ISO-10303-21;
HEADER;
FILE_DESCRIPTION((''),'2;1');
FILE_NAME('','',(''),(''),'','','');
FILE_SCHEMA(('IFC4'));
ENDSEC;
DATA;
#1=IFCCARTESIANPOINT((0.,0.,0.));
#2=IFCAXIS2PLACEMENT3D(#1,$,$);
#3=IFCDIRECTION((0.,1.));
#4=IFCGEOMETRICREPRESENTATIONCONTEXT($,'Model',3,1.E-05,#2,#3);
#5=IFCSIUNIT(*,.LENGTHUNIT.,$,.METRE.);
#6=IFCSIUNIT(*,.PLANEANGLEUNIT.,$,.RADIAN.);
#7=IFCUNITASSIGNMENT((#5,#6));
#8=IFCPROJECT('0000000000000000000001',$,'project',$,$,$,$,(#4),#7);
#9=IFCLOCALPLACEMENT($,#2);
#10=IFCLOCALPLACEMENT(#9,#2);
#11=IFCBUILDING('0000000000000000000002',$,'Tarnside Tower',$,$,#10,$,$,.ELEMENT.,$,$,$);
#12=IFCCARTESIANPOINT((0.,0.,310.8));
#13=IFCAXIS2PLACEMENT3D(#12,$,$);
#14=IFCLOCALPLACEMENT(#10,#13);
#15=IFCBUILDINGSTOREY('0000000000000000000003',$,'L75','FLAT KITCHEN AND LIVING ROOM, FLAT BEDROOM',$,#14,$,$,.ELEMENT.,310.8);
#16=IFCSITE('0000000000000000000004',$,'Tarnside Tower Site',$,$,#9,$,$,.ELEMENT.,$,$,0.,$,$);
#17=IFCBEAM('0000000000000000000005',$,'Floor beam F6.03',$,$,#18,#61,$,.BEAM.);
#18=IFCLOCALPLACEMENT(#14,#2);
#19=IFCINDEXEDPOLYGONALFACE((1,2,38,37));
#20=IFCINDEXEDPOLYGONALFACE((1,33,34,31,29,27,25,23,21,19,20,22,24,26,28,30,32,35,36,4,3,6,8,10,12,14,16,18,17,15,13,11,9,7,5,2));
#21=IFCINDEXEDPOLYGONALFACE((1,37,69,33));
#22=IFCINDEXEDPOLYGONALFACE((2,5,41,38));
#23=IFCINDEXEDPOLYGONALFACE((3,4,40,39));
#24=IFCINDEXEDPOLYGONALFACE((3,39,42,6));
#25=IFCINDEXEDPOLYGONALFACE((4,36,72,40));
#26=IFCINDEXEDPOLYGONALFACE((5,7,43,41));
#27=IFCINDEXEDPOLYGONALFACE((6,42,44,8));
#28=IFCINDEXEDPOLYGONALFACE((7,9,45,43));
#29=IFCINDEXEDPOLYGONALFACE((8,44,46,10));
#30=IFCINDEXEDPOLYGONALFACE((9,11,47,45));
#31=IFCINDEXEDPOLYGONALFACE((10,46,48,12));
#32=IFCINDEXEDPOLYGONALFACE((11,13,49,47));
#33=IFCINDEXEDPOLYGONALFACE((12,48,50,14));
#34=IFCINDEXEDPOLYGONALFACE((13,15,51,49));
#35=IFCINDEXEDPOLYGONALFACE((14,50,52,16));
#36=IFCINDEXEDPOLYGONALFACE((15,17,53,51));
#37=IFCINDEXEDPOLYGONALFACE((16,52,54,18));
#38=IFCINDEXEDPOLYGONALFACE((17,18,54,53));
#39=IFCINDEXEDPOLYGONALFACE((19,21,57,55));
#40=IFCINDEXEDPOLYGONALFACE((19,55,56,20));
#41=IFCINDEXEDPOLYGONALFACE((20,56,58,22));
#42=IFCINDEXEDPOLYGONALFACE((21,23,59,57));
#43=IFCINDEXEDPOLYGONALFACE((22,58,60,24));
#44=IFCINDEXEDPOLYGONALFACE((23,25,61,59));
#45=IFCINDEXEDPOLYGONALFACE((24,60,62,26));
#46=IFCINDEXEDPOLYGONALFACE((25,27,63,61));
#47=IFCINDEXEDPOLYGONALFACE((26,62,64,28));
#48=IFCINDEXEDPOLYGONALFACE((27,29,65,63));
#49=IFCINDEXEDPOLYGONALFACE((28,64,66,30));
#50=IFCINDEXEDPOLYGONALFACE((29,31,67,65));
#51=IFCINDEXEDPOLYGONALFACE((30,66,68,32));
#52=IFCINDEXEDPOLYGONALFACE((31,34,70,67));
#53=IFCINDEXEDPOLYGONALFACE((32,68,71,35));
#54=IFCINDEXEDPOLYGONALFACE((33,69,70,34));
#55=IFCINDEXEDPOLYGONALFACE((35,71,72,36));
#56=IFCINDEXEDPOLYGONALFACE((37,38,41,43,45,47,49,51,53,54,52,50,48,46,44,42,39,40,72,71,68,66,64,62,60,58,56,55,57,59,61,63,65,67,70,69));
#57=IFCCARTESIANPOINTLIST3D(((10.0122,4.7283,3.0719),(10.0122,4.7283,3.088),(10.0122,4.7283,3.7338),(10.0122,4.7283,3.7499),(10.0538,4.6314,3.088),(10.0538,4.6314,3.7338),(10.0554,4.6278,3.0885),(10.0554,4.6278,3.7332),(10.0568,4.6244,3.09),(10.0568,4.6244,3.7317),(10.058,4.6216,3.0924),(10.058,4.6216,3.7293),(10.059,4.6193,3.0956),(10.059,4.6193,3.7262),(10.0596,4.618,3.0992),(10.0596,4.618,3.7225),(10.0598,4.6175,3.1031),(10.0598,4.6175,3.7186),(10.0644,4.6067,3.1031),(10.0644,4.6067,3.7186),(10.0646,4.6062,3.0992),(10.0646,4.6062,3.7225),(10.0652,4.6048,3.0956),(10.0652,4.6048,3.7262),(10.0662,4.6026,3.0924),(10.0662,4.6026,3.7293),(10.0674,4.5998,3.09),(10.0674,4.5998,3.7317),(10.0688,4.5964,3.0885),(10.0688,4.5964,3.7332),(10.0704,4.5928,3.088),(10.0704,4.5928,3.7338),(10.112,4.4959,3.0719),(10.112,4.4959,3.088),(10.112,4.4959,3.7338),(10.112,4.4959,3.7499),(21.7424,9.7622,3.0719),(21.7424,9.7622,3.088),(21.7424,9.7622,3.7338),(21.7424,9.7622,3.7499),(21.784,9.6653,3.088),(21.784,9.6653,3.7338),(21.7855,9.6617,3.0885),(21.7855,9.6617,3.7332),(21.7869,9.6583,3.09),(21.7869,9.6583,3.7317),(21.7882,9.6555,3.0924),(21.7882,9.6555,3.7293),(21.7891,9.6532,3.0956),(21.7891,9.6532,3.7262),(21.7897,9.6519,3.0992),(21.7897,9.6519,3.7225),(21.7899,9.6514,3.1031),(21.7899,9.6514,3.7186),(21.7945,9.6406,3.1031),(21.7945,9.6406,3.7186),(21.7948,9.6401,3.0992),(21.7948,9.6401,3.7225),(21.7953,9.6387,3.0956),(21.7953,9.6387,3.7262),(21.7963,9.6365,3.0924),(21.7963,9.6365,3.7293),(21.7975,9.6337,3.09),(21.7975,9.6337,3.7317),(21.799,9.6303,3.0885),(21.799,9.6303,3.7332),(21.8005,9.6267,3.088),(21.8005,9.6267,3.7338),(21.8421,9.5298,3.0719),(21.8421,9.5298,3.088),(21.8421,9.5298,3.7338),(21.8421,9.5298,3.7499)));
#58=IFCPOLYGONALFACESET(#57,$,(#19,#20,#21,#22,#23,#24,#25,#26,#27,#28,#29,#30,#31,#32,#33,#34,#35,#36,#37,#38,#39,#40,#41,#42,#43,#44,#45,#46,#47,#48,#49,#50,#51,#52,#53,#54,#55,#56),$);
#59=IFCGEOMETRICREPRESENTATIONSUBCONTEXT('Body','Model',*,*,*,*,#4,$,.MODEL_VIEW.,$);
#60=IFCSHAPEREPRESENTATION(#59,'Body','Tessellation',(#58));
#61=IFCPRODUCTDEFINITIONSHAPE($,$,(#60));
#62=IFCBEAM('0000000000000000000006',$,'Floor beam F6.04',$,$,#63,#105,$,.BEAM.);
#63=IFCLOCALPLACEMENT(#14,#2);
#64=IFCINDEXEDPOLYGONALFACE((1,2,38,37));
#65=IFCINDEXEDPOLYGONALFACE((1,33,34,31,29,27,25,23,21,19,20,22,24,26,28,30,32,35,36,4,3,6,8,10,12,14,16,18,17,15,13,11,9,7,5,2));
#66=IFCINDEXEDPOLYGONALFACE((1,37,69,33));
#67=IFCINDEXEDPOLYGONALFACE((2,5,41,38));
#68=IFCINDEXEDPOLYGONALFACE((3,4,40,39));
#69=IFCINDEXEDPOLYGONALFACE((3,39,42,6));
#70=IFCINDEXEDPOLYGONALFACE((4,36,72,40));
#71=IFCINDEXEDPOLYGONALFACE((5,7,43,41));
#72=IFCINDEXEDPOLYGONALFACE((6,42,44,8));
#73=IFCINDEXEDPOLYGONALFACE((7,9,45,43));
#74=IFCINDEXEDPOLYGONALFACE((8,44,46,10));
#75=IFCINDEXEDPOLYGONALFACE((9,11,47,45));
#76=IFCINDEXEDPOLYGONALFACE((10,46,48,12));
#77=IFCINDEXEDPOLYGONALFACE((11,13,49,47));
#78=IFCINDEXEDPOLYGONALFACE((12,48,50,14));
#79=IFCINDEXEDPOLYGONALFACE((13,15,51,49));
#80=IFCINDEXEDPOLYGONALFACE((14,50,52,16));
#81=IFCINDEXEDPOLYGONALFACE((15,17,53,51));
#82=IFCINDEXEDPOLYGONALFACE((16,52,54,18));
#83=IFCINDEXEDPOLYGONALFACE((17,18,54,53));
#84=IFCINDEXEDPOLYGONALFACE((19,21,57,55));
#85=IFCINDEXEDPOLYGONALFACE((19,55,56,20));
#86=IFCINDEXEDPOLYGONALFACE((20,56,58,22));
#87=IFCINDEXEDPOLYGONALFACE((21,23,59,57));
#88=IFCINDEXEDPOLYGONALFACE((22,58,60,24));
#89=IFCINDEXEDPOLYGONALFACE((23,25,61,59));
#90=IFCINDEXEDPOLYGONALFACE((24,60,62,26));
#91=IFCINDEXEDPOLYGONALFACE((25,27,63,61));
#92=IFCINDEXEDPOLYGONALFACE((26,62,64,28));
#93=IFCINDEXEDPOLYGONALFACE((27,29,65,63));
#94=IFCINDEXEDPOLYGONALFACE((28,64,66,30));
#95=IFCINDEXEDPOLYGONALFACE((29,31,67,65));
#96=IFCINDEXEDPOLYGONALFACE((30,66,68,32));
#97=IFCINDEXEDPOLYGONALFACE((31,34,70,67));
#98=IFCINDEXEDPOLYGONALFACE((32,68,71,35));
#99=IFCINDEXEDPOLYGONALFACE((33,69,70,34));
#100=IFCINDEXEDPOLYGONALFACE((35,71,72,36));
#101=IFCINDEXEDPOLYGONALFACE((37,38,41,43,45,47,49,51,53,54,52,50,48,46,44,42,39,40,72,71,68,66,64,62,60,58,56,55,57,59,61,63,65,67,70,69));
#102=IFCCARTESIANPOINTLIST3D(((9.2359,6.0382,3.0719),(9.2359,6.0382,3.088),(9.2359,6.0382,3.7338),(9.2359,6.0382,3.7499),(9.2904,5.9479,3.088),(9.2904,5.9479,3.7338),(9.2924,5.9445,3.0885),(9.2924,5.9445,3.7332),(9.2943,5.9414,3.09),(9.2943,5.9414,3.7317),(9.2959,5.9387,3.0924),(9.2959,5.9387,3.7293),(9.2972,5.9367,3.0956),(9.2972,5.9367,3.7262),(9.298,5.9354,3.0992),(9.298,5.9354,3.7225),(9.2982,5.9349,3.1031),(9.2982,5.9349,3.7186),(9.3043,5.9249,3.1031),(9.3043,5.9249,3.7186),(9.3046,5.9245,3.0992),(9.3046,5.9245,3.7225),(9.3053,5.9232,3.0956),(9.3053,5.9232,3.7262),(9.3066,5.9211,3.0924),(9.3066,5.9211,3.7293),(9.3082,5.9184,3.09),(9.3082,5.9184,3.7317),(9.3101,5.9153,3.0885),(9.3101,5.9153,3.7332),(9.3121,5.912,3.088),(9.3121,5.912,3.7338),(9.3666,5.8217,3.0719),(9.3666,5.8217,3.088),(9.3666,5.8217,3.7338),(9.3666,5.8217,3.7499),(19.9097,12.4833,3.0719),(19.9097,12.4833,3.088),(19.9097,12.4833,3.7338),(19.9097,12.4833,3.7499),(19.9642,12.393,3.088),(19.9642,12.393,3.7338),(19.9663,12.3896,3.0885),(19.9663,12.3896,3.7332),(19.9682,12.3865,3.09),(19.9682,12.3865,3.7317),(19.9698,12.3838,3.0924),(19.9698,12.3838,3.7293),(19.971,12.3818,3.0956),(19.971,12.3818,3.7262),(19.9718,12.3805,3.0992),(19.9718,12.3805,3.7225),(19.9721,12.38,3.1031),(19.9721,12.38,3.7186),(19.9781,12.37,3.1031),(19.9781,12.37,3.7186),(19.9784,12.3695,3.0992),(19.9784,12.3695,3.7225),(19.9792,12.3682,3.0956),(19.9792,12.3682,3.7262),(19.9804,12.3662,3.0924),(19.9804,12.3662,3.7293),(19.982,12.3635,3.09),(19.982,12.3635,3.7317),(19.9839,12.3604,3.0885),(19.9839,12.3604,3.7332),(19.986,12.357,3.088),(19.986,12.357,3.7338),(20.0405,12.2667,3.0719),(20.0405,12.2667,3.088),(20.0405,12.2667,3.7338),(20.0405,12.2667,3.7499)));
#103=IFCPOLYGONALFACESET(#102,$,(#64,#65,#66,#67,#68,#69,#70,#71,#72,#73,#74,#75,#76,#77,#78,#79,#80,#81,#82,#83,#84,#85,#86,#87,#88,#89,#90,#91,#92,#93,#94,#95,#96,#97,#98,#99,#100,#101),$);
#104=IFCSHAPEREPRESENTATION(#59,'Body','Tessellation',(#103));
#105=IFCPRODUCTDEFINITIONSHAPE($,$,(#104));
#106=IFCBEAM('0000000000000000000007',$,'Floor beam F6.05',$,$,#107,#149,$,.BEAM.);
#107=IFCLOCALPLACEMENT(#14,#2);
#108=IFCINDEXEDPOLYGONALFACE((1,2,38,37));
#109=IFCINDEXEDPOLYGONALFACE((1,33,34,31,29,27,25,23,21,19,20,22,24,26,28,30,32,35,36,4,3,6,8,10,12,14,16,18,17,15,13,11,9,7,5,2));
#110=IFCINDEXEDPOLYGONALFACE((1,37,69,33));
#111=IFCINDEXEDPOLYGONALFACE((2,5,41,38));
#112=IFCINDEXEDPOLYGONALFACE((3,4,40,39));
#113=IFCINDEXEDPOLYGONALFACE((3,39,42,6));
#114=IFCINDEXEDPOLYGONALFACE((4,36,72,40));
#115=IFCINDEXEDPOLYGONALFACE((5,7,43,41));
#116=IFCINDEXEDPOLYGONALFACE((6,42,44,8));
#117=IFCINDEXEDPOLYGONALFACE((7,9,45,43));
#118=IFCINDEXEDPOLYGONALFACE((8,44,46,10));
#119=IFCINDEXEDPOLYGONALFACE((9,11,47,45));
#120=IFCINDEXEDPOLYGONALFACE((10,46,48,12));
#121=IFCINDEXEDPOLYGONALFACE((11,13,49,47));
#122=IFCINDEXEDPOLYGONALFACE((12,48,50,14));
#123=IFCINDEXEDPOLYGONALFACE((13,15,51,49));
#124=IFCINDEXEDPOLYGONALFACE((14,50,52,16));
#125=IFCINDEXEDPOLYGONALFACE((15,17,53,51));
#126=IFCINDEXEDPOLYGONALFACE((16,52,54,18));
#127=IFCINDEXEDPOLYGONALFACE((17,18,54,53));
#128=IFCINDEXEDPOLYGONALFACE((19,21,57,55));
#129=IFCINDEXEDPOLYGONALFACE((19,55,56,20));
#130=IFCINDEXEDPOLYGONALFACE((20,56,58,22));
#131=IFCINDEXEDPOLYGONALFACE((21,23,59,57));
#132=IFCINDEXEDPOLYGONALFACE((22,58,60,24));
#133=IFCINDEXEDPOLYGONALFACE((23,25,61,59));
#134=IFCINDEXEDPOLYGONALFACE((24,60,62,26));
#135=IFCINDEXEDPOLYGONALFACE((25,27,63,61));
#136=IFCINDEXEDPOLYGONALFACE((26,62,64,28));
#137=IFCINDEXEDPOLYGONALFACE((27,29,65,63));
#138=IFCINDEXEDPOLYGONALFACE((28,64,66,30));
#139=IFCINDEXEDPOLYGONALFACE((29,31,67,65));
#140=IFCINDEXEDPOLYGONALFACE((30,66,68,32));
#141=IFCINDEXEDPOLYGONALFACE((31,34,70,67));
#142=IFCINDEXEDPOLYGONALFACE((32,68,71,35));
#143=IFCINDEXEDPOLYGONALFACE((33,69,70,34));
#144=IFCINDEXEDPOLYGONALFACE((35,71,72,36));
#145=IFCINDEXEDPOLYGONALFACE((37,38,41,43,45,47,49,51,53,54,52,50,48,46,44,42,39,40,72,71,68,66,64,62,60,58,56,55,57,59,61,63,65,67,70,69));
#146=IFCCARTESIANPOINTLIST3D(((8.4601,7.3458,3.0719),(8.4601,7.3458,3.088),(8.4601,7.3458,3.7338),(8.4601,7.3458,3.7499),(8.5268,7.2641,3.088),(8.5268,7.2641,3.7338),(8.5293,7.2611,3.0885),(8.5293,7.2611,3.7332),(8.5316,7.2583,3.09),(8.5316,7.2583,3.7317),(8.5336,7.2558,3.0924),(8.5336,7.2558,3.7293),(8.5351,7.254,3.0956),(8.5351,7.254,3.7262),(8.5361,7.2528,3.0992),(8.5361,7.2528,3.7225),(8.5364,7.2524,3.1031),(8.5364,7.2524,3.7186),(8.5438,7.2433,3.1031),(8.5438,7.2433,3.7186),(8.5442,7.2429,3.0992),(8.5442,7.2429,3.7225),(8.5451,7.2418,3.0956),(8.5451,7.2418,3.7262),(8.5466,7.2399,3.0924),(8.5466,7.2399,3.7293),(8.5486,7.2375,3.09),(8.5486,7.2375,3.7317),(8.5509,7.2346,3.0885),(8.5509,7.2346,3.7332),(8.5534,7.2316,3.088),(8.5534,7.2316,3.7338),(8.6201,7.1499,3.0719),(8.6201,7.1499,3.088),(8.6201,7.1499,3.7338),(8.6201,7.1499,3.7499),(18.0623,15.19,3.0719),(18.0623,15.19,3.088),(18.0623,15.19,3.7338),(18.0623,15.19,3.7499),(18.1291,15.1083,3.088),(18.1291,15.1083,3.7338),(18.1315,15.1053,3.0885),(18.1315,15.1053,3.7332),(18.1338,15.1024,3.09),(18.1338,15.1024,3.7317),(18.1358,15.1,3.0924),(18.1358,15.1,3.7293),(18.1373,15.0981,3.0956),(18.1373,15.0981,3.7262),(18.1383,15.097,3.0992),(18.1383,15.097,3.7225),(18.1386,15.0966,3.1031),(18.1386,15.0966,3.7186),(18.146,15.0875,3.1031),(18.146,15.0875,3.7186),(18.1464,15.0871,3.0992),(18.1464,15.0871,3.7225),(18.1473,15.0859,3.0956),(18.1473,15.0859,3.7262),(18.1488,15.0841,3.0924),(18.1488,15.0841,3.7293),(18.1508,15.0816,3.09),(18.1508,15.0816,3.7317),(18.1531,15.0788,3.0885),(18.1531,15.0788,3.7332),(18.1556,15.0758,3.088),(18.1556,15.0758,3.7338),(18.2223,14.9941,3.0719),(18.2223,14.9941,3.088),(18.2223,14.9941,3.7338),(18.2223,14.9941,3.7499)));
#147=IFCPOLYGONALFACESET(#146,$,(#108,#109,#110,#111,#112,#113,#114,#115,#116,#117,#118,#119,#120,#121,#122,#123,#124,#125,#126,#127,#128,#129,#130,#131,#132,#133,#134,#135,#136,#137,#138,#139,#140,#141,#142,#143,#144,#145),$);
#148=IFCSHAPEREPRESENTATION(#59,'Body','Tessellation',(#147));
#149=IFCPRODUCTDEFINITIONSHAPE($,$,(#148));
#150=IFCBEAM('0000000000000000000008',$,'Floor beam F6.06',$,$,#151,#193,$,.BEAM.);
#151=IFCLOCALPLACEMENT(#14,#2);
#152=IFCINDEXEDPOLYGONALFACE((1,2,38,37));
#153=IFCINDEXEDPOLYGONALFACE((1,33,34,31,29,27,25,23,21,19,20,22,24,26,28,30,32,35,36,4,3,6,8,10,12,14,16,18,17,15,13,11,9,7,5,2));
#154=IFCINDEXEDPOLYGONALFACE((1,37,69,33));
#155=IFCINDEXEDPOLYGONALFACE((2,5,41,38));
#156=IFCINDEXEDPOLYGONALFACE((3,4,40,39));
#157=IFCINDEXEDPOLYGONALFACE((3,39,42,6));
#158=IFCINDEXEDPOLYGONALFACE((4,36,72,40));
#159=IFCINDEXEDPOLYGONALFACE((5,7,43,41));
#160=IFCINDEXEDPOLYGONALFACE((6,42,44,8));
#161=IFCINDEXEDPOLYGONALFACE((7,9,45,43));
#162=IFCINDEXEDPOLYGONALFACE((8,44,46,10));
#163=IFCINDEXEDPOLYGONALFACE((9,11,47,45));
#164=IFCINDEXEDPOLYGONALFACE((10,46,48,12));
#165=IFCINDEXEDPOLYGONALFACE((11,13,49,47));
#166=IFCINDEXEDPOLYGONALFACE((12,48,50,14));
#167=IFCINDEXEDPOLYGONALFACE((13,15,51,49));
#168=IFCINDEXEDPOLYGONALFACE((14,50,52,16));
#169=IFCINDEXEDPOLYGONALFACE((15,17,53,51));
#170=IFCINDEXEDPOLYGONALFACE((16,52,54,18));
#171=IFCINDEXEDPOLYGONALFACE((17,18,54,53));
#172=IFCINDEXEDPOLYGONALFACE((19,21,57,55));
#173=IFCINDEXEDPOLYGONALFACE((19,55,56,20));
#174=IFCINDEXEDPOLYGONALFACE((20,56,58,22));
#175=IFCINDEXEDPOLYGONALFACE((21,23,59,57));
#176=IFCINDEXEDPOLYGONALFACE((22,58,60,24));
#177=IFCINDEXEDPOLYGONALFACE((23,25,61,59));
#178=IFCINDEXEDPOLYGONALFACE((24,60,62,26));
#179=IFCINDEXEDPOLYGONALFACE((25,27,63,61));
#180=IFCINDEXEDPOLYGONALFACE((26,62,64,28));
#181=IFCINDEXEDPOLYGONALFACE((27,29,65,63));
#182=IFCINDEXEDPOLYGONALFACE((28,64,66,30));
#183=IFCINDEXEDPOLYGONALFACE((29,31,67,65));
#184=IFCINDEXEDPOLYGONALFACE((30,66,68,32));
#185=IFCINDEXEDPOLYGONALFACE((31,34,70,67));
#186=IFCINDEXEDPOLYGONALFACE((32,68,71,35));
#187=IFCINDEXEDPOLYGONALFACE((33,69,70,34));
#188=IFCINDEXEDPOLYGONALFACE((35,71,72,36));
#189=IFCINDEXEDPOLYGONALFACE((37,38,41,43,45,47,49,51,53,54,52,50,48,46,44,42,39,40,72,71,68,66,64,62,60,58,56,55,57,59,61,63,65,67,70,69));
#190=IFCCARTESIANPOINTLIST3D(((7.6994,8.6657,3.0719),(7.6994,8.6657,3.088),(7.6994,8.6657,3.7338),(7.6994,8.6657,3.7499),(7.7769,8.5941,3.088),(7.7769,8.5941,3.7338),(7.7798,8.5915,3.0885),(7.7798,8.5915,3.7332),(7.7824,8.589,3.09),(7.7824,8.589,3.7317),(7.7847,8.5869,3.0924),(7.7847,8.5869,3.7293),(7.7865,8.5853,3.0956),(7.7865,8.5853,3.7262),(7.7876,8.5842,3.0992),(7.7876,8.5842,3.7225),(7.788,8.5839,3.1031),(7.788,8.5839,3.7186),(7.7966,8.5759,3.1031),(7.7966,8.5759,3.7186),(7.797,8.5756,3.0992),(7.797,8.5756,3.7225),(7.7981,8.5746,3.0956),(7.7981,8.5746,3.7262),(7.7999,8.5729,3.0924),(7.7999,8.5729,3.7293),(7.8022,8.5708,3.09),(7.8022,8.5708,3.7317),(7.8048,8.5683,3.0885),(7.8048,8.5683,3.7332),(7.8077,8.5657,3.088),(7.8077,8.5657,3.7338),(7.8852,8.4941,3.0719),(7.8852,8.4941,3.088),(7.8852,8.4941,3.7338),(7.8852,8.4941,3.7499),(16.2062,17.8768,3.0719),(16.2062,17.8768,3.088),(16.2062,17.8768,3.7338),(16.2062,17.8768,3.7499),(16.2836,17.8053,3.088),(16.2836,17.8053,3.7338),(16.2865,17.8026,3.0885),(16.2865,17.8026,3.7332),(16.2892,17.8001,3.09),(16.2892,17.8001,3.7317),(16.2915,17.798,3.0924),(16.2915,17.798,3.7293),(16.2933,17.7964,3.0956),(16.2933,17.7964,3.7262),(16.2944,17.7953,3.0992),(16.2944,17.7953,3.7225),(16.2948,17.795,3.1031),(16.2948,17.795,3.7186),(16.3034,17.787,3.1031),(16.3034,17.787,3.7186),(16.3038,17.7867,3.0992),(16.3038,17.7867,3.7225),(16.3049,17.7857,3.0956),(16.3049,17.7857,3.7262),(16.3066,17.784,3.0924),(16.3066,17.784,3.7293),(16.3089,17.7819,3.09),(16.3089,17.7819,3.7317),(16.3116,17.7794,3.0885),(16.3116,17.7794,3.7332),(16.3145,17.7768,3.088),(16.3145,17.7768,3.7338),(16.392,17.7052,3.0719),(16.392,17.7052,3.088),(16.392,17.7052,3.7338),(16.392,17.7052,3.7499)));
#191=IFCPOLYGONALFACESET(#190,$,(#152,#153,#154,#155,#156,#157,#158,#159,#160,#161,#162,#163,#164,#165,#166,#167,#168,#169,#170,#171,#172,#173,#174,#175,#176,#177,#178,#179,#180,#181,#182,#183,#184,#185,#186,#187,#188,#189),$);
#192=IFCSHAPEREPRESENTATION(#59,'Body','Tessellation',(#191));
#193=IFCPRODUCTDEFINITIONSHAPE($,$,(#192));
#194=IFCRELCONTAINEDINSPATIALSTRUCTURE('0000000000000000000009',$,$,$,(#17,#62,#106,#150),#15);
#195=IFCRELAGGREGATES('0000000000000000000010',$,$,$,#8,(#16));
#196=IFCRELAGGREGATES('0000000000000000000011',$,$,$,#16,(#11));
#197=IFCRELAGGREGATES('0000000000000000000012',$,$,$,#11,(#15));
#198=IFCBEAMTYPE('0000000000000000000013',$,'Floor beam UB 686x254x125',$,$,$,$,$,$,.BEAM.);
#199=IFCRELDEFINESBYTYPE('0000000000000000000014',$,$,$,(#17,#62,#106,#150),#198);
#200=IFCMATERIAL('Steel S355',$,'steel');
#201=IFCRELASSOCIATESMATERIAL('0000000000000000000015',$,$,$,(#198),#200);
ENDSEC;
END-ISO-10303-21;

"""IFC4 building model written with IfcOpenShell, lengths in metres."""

from ifc_helpers import new_model, si_unit, direction, frame, origin, origin_2d, place, context, subcontext, project, spatial, i_section, extrude, material, material_profile, profile_set, type_object, element, save


model = new_model("IFC4")

# Units and contexts
model_context = context("Model", 3, precision=1e-05, world=origin(), true_north=direction((0.0, 1.0)))
body_context = subcontext(model_context, "Body", "Model", "MODEL_VIEW")
ifc_project = project(units=[si_unit("LENGTHUNIT", "METRE"), si_unit("PLANEANGLEUNIT", "RADIAN")], contexts=[model_context])

# Site, building, storey
site_placement = place(None, origin())
site = spatial("IfcSite", under=ifc_project, at=site_placement, Name="Tarnside Tower Site", CompositionType="ELEMENT", RefElevation=0.0)
building_placement = place(site_placement, origin())
building = spatial("IfcBuilding", under=site, at=building_placement, Name="Tarnside Tower", CompositionType="ELEMENT")
storey_placement = place(building_placement, frame((0.0, 0.0, 310.8)))
storey = spatial("IfcBuildingStorey", under=building, at=storey_placement, Name="L75", Description="FLAT KITCHEN AND LIVING ROOM, FLAT BEDROOM", CompositionType="ELEMENT", Elevation=310.8)

# Beams
ifc_material_1 = material(Name="Steel S355", Category="steel")
ifc_material_profile_1 = material_profile(ifc_material_1, i_section(OverallWidth=0.2529, OverallDepth=0.678, WebThickness=0.0117, FlangeThickness=0.0161, FilletRadius=0.0151, at=origin_2d()), Name="UB 686x254x125")
ifc_profile_set_1 = profile_set([ifc_material_profile_1], Name="Steel S355")
beam_type_1 = type_object("IfcBeamType", Name="Floor beam UB 686x254x125", PredefinedType="BEAM", material=ifc_profile_set_1)
beam_1_placement = place(storey_placement, frame((21.7922, 9.646, 3.4109), z_axis=(-0.918955, -0.394362, 0.0), x_axis=(0.394362, -0.918955, 0.0)))
element("IfcBeam", 1, at=beam_1_placement, inside=storey, type_object=beam_type_1, Name="Floor beam F6.03", PredefinedType="BEAM", context=body_context, shape_type="SweptSolid", body=[
    extrude(i_section(OverallWidth=0.2529, OverallDepth=0.678, WebThickness=0.0117, FlangeThickness=0.0161, FilletRadius=0.0151, at=origin_2d()), origin(), (0.0, 0.0, 1.0), 12.7646),
])
beam_2_placement = place(storey_placement, frame((19.9751, 12.375, 3.4109), z_axis=(-0.856047, -0.516898, 0.0), x_axis=(0.516898, -0.856047, 0.0)))
element("IfcBeam", 2, at=beam_2_placement, inside=storey, type_object=beam_type_1, Name="Floor beam F6.04", PredefinedType="BEAM", context=body_context, shape_type="SweptSolid", body=[
    extrude(i_section(OverallWidth=0.2529, OverallDepth=0.678, WebThickness=0.0117, FlangeThickness=0.0161, FilletRadius=0.0151, at=origin_2d()), origin(), (0.0, 0.0, 1.0), 12.4688),
])
beam_3_placement = place(storey_placement, frame((18.1423, 15.092, 3.4109), z_axis=(-0.774439, -0.632649, 0.0), x_axis=(0.632649, -0.774439, 0.0)))
element("IfcBeam", 3, at=beam_3_placement, inside=storey, type_object=beam_type_1, Name="Floor beam F6.05", PredefinedType="BEAM", context=body_context, shape_type="SweptSolid", body=[
    extrude(i_section(OverallWidth=0.2529, OverallDepth=0.678, WebThickness=0.0117, FlangeThickness=0.0161, FilletRadius=0.0151, at=origin_2d()), origin(), (0.0, 0.0, 1.0), 12.3989),
])
beam_4_placement = place(storey_placement, frame((16.2991, 17.791, 3.4109), z_axis=(-0.678461, -0.734636, 0.0), x_axis=(0.734636, -0.678461, 0.0)))
element("IfcBeam", 4, at=beam_4_placement, inside=storey, type_object=beam_type_1, Name="Floor beam F6.06", PredefinedType="BEAM", context=body_context, shape_type="SweptSolid", body=[
    extrude(i_section(OverallWidth=0.2529, OverallDepth=0.678, WebThickness=0.0117, FlangeThickness=0.0161, FilletRadius=0.0151, at=origin_2d()), origin(), (0.0, 0.0, 1.0), 12.5383),
])

save(model, "model.ifc")
